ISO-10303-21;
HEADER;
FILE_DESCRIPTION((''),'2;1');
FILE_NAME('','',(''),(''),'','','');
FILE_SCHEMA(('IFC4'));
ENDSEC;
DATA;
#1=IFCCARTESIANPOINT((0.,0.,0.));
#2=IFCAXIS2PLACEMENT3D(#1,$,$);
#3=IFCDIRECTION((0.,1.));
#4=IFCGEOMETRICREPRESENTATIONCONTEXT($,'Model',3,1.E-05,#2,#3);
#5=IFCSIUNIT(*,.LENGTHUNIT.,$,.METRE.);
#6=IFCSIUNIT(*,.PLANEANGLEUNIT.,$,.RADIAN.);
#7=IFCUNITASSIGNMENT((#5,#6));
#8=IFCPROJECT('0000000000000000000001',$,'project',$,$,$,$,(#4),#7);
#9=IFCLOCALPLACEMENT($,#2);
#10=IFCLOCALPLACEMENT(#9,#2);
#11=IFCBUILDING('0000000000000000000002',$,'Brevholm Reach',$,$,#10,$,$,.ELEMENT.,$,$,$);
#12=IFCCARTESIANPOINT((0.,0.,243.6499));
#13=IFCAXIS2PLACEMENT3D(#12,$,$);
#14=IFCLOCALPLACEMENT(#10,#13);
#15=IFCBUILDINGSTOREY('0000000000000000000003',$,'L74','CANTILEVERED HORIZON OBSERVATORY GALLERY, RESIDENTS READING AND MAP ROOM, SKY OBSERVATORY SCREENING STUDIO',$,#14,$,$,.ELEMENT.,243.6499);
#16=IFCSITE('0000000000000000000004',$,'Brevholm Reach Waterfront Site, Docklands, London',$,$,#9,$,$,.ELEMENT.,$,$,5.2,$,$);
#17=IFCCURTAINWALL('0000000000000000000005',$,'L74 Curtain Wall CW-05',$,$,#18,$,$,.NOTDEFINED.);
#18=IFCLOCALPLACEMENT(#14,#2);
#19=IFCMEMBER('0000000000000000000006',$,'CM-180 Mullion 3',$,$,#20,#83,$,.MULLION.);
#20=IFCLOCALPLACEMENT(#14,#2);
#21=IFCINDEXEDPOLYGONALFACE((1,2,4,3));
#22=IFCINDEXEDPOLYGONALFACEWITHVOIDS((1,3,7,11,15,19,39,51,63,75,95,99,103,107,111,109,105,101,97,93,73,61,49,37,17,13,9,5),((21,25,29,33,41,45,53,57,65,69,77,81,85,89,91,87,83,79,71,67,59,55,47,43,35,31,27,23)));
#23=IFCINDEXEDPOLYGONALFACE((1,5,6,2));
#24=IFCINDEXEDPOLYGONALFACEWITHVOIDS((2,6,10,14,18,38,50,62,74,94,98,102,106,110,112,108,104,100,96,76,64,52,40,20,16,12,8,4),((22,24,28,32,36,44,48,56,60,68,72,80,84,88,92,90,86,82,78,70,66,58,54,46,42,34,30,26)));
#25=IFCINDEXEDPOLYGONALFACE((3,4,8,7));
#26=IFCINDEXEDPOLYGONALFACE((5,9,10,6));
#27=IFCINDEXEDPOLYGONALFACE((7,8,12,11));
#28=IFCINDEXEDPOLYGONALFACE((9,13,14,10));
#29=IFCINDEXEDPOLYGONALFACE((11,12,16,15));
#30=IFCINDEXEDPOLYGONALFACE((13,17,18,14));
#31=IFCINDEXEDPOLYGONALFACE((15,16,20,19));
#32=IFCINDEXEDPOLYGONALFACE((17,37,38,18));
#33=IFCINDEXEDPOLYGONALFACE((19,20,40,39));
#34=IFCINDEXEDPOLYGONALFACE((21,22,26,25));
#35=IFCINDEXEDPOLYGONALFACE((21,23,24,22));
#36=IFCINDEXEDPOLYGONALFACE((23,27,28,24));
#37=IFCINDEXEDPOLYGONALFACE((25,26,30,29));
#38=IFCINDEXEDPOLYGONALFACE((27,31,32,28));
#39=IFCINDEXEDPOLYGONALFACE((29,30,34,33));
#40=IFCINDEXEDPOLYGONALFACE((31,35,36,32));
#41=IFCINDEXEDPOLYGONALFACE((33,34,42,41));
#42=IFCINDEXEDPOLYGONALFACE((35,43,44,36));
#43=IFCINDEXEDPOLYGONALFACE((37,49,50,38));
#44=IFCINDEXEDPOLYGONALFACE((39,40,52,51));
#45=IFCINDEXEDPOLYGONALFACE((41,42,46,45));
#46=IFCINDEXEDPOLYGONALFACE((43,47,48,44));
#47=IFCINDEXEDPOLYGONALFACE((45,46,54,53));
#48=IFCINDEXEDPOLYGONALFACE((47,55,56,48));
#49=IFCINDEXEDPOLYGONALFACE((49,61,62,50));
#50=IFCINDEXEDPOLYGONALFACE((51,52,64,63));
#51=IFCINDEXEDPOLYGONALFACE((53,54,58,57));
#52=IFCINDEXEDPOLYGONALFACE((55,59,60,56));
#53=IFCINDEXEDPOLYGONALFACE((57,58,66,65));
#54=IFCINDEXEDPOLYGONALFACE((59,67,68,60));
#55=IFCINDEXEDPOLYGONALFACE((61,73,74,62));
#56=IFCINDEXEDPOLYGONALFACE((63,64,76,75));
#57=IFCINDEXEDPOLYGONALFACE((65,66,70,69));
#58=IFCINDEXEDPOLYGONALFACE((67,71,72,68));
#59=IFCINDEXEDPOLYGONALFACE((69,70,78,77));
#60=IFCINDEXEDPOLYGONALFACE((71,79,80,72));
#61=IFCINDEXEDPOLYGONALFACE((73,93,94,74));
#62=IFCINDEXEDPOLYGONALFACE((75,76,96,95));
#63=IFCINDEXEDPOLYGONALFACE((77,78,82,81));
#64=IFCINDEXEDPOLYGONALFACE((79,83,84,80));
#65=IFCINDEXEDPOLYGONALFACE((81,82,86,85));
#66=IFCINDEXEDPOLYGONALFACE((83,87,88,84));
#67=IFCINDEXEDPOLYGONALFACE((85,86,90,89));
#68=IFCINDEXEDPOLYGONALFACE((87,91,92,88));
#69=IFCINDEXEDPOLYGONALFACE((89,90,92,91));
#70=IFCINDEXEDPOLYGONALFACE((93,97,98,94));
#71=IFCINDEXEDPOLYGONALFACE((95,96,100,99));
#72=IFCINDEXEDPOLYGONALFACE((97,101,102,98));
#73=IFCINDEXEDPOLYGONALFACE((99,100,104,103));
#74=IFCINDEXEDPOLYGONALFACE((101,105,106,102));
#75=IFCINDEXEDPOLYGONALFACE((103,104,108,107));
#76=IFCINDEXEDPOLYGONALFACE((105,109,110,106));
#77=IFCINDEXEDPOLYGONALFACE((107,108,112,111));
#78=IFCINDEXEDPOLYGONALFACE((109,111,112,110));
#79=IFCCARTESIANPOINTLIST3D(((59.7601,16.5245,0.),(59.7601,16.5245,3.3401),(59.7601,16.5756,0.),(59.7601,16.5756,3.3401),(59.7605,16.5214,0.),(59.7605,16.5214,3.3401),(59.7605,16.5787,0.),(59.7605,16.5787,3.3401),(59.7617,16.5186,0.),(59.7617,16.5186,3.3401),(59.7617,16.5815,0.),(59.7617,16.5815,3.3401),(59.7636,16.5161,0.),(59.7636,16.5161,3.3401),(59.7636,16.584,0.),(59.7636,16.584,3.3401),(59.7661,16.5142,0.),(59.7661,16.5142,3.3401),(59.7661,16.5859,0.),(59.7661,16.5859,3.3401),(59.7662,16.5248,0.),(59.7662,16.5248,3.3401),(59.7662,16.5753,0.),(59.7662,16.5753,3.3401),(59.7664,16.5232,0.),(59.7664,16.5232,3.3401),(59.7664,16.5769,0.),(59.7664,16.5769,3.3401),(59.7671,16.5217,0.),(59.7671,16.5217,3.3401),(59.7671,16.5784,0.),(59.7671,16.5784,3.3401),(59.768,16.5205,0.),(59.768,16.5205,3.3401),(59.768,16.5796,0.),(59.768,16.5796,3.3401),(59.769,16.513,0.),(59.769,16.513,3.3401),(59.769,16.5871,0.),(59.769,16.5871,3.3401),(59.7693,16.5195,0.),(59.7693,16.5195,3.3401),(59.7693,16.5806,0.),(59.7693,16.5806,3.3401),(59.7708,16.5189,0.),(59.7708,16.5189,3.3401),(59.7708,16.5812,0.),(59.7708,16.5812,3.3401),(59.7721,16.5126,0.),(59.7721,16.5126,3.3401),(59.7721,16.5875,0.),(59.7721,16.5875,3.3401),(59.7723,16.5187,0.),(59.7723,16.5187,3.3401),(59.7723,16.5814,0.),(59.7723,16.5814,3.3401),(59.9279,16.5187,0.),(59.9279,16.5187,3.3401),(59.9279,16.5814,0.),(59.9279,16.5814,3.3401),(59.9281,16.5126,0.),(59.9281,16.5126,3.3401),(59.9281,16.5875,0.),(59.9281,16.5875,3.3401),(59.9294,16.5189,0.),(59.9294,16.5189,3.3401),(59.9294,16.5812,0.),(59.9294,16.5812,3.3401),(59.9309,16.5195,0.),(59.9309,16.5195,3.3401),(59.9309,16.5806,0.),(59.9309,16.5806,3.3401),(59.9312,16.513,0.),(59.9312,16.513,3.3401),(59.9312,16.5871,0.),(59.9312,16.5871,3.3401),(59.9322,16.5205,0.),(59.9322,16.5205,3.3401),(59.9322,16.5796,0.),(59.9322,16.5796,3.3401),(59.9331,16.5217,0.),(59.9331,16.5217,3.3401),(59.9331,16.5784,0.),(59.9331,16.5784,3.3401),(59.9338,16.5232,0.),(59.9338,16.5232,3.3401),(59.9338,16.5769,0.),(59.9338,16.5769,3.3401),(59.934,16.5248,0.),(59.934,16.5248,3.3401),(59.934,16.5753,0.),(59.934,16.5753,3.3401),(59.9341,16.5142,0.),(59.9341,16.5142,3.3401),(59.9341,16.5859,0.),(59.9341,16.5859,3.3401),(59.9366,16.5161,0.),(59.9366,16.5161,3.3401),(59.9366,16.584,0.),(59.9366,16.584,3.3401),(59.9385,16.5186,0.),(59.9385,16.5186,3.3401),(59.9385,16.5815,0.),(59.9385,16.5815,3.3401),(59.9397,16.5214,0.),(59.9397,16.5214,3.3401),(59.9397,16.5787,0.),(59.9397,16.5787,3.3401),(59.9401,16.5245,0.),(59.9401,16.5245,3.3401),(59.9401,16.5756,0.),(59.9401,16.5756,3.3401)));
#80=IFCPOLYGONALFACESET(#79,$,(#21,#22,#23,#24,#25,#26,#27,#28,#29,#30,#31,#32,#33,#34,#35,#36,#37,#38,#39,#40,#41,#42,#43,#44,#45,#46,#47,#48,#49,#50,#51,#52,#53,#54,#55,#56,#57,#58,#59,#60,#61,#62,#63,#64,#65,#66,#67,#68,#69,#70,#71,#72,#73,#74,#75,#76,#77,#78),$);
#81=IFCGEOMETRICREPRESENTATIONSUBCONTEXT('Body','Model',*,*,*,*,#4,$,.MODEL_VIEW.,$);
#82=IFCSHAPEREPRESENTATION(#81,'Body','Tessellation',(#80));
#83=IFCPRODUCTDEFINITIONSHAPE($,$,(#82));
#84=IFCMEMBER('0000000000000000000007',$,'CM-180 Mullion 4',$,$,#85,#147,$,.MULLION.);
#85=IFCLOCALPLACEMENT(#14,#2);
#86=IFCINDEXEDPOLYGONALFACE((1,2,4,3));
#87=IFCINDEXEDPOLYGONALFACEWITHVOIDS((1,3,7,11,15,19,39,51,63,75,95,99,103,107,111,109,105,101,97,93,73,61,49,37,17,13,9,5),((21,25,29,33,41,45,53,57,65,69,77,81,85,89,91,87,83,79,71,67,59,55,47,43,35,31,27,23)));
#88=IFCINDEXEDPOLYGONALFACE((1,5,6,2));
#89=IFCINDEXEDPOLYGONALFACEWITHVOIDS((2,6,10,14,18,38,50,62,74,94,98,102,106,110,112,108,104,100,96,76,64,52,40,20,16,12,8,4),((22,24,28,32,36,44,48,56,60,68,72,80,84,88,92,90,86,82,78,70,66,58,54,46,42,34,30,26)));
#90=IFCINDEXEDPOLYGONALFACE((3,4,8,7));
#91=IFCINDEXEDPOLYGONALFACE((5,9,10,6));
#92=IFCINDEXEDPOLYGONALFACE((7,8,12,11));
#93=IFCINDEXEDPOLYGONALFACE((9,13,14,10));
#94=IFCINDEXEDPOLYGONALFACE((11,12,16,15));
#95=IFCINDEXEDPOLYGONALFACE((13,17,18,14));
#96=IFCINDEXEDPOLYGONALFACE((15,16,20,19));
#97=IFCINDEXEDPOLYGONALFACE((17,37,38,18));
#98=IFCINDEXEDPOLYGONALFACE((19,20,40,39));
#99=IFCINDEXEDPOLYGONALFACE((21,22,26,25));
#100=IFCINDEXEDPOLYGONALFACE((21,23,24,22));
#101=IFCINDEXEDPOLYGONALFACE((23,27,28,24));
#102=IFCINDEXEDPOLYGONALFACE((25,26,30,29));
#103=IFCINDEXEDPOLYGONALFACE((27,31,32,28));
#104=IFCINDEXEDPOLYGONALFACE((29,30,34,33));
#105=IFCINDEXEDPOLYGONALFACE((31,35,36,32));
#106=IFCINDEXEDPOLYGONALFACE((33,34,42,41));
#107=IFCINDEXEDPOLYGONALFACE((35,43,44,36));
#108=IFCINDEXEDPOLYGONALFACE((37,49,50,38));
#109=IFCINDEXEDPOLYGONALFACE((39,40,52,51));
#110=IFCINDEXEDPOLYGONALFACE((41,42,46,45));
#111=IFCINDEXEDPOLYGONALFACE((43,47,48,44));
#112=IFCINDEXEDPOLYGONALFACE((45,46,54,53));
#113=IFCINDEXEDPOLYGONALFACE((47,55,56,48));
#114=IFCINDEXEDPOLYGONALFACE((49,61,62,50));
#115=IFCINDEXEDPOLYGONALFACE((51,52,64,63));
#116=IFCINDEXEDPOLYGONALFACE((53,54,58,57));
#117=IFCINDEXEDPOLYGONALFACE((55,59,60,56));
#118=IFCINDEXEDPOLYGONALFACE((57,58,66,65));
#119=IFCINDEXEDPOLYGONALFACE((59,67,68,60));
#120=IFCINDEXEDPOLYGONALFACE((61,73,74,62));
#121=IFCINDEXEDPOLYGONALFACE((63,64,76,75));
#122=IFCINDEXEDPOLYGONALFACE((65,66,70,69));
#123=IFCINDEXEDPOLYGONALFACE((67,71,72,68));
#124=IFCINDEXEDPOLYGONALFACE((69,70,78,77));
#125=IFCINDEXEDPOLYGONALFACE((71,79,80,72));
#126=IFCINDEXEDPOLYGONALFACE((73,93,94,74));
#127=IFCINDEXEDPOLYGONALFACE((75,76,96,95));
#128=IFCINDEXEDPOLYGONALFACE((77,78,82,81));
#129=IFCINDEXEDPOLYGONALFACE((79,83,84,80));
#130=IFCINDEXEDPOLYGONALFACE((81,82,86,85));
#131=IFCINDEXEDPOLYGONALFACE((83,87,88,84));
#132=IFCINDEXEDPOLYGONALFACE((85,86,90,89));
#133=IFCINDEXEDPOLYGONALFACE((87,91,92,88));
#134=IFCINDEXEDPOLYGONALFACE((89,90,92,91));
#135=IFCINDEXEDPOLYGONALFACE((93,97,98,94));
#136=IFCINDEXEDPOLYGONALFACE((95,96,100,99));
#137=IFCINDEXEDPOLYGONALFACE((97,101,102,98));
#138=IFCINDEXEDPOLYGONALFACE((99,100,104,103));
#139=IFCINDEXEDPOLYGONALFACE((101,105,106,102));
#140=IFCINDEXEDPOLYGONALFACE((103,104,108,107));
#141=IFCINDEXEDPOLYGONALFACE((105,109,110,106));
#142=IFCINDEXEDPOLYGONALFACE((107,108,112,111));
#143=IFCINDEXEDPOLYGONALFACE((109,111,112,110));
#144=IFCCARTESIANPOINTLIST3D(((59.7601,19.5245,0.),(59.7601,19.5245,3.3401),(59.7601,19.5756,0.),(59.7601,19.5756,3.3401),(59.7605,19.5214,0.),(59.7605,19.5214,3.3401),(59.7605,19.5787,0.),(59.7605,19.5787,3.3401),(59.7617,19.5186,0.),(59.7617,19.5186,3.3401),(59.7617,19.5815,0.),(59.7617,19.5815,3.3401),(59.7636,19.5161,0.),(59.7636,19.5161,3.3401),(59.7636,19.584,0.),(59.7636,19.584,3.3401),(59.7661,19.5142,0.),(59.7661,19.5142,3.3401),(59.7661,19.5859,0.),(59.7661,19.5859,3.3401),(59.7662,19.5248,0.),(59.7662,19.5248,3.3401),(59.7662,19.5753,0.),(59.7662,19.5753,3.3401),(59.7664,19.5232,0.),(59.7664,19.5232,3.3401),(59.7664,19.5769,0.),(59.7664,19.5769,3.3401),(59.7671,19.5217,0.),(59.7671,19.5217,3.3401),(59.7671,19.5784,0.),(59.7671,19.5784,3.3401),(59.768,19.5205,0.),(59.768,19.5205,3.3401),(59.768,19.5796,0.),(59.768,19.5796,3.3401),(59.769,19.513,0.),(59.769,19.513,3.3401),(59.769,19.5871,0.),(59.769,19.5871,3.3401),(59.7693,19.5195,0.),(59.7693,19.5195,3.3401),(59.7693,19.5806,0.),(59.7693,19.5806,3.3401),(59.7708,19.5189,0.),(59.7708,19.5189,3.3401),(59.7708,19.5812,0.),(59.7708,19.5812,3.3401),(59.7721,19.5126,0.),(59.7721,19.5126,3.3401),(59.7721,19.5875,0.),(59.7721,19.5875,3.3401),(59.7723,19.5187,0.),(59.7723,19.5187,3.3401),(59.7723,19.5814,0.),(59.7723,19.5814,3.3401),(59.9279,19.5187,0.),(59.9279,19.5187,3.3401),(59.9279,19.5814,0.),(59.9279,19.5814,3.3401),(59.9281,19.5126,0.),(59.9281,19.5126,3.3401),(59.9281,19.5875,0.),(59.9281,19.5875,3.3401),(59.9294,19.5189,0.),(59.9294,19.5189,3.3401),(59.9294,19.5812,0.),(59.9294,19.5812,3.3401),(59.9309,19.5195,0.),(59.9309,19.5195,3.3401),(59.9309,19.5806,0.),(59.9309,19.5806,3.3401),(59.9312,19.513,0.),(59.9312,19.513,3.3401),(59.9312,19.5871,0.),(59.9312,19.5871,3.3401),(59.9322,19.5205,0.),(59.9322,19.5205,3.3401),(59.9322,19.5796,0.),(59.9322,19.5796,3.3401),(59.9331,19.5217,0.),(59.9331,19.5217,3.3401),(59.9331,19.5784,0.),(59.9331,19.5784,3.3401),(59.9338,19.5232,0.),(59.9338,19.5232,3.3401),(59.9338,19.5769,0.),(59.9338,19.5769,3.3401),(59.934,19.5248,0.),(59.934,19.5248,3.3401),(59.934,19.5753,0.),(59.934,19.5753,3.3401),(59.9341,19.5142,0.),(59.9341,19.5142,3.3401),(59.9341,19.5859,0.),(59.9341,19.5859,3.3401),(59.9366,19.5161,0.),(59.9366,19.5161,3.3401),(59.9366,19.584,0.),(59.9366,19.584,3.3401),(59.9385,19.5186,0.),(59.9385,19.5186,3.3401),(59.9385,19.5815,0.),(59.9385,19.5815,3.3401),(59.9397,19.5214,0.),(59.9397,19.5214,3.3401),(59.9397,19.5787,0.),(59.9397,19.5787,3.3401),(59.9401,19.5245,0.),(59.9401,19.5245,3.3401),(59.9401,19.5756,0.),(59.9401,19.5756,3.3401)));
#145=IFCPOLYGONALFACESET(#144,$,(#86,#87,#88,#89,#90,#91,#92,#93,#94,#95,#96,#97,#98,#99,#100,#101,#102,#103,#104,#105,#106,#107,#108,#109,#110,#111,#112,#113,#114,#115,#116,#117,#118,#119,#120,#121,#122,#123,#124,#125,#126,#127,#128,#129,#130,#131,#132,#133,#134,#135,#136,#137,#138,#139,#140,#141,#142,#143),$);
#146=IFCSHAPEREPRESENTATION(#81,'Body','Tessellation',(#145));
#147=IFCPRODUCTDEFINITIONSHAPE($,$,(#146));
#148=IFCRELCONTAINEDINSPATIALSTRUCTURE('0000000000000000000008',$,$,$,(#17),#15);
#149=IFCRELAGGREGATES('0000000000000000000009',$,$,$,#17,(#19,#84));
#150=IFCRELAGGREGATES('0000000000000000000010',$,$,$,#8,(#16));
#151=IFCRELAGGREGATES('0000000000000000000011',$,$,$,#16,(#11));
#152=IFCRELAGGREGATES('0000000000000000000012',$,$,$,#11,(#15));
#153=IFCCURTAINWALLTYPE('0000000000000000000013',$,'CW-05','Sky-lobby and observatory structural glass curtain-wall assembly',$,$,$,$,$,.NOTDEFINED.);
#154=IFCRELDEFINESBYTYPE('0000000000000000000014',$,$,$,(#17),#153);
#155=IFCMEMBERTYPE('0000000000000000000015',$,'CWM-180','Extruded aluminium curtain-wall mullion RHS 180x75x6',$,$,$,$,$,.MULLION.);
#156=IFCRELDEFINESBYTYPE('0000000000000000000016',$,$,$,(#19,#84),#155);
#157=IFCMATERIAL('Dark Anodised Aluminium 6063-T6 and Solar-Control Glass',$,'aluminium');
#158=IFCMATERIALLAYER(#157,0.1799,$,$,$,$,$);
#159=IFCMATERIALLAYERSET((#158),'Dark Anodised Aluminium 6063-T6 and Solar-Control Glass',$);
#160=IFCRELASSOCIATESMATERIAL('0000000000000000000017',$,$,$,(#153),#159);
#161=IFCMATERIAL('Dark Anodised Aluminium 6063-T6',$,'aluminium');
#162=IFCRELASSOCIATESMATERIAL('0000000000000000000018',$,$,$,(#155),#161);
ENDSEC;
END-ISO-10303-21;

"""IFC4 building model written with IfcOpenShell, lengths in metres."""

from ifc_helpers import new_model, si_unit, direction, frame, origin, origin_2d, place, context, subcontext, project, spatial, hollow_rectangle, extrude, material, layer, layer_set, material_profile, profile_set, type_object, element, aggregate, save


model = new_model("IFC4")

# Units and contexts
model_context = context("Model", 3, precision=1e-05, world=origin(), true_north=direction((0.0, 1.0)))
body_context = subcontext(model_context, "Body", "Model", "MODEL_VIEW")
ifc_project = project(units=[si_unit("LENGTHUNIT", "METRE"), si_unit("PLANEANGLEUNIT", "RADIAN")], contexts=[model_context])

# Site, building, storey
site_placement = place(None, origin())
site = spatial("IfcSite", under=ifc_project, at=site_placement, Name="Brevholm Reach Waterfront Site, Docklands, London", CompositionType="ELEMENT", RefElevation=5.2)
building_placement = place(site_placement, origin())
building = spatial("IfcBuilding", under=site, at=building_placement, Name="Brevholm Reach", CompositionType="ELEMENT")
storey_placement = place(building_placement, frame((0.0, 0.0, 243.6499)))
storey = spatial("IfcBuildingStorey", under=building, at=storey_placement, Name="L74", Description="CANTILEVERED HORIZON OBSERVATORY GALLERY, RESIDENTS READING AND MAP ROOM, SKY OBSERVATORY SCREENING STUDIO", CompositionType="ELEMENT", Elevation=243.6499)

# Curtain wall, members
ifc_material_1 = material(Name="Dark Anodised Aluminium 6063-T6 and Solar-Control Glass", Category="aluminium")
ifc_layer_1 = layer(ifc_material_1, 0.1799)
ifc_layer_set_1 = layer_set([ifc_layer_1], Name="Dark Anodised Aluminium 6063-T6 and Solar-Control Glass")
curtain_wall_type = type_object("IfcCurtainWallType", Name="CW-05", Description="Sky-lobby and observatory structural glass curtain-wall assembly", PredefinedType="NOTDEFINED", material=ifc_layer_set_1)
curtain_wall_placement = place(storey_placement, origin())
curtain_wall = element("IfcCurtainWall", 1, at=curtain_wall_placement, inside=storey, type_object=curtain_wall_type, Name="L74 Curtain Wall CW-05", PredefinedType="NOTDEFINED")
ifc_material_2 = material(Name="Dark Anodised Aluminium 6063-T6", Category="aluminium")
ifc_material_profile_1 = material_profile(ifc_material_2, hollow_rectangle(XDim=0.075, YDim=0.1799, WallThickness=0.0061, InnerFilletRadius=0.0061, OuterFilletRadius=0.012, at=origin_2d()), Name="RHS 180x75x6")
ifc_profile_set_1 = profile_set([ifc_material_profile_1], Name="Dark Anodised Aluminium 6063-T6")
member_type_1 = type_object("IfcMemberType", Name="CWM-180", Description="Extruded aluminium curtain-wall mullion RHS 180x75x6", PredefinedType="MULLION", material=ifc_profile_set_1)
member_1_placement = place(storey_placement, frame((59.8501, 16.55, 0.0), z_axis=(0.0, 0.0, 1.0), x_axis=(0.0, 1.0, 0.0)))
member_1 = element("IfcMember", 2, at=member_1_placement, type_object=member_type_1, Name="CM-180 Mullion 3", PredefinedType="MULLION", context=body_context, shape_type="SweptSolid", body=[
    extrude(hollow_rectangle(XDim=0.075, YDim=0.1799, WallThickness=0.0061, InnerFilletRadius=0.0061, OuterFilletRadius=0.012, at=origin_2d()), origin(), (0.0, 0.0, 1.0), 3.3401),
])
member_2_placement = place(storey_placement, frame((59.8501, 19.55, 0.0), z_axis=(0.0, 0.0, 1.0), x_axis=(0.0, 1.0, 0.0)))
member_2 = element("IfcMember", 3, at=member_2_placement, type_object=member_type_1, Name="CM-180 Mullion 4", PredefinedType="MULLION", context=body_context, shape_type="SweptSolid", body=[
    extrude(hollow_rectangle(XDim=0.075, YDim=0.1799, WallThickness=0.0061, InnerFilletRadius=0.0061, OuterFilletRadius=0.012, at=origin_2d()), origin(), (0.0, 0.0, 1.0), 3.3401),
])
aggregate(curtain_wall, [member_1, member_2])

save(model, "model.ifc")
